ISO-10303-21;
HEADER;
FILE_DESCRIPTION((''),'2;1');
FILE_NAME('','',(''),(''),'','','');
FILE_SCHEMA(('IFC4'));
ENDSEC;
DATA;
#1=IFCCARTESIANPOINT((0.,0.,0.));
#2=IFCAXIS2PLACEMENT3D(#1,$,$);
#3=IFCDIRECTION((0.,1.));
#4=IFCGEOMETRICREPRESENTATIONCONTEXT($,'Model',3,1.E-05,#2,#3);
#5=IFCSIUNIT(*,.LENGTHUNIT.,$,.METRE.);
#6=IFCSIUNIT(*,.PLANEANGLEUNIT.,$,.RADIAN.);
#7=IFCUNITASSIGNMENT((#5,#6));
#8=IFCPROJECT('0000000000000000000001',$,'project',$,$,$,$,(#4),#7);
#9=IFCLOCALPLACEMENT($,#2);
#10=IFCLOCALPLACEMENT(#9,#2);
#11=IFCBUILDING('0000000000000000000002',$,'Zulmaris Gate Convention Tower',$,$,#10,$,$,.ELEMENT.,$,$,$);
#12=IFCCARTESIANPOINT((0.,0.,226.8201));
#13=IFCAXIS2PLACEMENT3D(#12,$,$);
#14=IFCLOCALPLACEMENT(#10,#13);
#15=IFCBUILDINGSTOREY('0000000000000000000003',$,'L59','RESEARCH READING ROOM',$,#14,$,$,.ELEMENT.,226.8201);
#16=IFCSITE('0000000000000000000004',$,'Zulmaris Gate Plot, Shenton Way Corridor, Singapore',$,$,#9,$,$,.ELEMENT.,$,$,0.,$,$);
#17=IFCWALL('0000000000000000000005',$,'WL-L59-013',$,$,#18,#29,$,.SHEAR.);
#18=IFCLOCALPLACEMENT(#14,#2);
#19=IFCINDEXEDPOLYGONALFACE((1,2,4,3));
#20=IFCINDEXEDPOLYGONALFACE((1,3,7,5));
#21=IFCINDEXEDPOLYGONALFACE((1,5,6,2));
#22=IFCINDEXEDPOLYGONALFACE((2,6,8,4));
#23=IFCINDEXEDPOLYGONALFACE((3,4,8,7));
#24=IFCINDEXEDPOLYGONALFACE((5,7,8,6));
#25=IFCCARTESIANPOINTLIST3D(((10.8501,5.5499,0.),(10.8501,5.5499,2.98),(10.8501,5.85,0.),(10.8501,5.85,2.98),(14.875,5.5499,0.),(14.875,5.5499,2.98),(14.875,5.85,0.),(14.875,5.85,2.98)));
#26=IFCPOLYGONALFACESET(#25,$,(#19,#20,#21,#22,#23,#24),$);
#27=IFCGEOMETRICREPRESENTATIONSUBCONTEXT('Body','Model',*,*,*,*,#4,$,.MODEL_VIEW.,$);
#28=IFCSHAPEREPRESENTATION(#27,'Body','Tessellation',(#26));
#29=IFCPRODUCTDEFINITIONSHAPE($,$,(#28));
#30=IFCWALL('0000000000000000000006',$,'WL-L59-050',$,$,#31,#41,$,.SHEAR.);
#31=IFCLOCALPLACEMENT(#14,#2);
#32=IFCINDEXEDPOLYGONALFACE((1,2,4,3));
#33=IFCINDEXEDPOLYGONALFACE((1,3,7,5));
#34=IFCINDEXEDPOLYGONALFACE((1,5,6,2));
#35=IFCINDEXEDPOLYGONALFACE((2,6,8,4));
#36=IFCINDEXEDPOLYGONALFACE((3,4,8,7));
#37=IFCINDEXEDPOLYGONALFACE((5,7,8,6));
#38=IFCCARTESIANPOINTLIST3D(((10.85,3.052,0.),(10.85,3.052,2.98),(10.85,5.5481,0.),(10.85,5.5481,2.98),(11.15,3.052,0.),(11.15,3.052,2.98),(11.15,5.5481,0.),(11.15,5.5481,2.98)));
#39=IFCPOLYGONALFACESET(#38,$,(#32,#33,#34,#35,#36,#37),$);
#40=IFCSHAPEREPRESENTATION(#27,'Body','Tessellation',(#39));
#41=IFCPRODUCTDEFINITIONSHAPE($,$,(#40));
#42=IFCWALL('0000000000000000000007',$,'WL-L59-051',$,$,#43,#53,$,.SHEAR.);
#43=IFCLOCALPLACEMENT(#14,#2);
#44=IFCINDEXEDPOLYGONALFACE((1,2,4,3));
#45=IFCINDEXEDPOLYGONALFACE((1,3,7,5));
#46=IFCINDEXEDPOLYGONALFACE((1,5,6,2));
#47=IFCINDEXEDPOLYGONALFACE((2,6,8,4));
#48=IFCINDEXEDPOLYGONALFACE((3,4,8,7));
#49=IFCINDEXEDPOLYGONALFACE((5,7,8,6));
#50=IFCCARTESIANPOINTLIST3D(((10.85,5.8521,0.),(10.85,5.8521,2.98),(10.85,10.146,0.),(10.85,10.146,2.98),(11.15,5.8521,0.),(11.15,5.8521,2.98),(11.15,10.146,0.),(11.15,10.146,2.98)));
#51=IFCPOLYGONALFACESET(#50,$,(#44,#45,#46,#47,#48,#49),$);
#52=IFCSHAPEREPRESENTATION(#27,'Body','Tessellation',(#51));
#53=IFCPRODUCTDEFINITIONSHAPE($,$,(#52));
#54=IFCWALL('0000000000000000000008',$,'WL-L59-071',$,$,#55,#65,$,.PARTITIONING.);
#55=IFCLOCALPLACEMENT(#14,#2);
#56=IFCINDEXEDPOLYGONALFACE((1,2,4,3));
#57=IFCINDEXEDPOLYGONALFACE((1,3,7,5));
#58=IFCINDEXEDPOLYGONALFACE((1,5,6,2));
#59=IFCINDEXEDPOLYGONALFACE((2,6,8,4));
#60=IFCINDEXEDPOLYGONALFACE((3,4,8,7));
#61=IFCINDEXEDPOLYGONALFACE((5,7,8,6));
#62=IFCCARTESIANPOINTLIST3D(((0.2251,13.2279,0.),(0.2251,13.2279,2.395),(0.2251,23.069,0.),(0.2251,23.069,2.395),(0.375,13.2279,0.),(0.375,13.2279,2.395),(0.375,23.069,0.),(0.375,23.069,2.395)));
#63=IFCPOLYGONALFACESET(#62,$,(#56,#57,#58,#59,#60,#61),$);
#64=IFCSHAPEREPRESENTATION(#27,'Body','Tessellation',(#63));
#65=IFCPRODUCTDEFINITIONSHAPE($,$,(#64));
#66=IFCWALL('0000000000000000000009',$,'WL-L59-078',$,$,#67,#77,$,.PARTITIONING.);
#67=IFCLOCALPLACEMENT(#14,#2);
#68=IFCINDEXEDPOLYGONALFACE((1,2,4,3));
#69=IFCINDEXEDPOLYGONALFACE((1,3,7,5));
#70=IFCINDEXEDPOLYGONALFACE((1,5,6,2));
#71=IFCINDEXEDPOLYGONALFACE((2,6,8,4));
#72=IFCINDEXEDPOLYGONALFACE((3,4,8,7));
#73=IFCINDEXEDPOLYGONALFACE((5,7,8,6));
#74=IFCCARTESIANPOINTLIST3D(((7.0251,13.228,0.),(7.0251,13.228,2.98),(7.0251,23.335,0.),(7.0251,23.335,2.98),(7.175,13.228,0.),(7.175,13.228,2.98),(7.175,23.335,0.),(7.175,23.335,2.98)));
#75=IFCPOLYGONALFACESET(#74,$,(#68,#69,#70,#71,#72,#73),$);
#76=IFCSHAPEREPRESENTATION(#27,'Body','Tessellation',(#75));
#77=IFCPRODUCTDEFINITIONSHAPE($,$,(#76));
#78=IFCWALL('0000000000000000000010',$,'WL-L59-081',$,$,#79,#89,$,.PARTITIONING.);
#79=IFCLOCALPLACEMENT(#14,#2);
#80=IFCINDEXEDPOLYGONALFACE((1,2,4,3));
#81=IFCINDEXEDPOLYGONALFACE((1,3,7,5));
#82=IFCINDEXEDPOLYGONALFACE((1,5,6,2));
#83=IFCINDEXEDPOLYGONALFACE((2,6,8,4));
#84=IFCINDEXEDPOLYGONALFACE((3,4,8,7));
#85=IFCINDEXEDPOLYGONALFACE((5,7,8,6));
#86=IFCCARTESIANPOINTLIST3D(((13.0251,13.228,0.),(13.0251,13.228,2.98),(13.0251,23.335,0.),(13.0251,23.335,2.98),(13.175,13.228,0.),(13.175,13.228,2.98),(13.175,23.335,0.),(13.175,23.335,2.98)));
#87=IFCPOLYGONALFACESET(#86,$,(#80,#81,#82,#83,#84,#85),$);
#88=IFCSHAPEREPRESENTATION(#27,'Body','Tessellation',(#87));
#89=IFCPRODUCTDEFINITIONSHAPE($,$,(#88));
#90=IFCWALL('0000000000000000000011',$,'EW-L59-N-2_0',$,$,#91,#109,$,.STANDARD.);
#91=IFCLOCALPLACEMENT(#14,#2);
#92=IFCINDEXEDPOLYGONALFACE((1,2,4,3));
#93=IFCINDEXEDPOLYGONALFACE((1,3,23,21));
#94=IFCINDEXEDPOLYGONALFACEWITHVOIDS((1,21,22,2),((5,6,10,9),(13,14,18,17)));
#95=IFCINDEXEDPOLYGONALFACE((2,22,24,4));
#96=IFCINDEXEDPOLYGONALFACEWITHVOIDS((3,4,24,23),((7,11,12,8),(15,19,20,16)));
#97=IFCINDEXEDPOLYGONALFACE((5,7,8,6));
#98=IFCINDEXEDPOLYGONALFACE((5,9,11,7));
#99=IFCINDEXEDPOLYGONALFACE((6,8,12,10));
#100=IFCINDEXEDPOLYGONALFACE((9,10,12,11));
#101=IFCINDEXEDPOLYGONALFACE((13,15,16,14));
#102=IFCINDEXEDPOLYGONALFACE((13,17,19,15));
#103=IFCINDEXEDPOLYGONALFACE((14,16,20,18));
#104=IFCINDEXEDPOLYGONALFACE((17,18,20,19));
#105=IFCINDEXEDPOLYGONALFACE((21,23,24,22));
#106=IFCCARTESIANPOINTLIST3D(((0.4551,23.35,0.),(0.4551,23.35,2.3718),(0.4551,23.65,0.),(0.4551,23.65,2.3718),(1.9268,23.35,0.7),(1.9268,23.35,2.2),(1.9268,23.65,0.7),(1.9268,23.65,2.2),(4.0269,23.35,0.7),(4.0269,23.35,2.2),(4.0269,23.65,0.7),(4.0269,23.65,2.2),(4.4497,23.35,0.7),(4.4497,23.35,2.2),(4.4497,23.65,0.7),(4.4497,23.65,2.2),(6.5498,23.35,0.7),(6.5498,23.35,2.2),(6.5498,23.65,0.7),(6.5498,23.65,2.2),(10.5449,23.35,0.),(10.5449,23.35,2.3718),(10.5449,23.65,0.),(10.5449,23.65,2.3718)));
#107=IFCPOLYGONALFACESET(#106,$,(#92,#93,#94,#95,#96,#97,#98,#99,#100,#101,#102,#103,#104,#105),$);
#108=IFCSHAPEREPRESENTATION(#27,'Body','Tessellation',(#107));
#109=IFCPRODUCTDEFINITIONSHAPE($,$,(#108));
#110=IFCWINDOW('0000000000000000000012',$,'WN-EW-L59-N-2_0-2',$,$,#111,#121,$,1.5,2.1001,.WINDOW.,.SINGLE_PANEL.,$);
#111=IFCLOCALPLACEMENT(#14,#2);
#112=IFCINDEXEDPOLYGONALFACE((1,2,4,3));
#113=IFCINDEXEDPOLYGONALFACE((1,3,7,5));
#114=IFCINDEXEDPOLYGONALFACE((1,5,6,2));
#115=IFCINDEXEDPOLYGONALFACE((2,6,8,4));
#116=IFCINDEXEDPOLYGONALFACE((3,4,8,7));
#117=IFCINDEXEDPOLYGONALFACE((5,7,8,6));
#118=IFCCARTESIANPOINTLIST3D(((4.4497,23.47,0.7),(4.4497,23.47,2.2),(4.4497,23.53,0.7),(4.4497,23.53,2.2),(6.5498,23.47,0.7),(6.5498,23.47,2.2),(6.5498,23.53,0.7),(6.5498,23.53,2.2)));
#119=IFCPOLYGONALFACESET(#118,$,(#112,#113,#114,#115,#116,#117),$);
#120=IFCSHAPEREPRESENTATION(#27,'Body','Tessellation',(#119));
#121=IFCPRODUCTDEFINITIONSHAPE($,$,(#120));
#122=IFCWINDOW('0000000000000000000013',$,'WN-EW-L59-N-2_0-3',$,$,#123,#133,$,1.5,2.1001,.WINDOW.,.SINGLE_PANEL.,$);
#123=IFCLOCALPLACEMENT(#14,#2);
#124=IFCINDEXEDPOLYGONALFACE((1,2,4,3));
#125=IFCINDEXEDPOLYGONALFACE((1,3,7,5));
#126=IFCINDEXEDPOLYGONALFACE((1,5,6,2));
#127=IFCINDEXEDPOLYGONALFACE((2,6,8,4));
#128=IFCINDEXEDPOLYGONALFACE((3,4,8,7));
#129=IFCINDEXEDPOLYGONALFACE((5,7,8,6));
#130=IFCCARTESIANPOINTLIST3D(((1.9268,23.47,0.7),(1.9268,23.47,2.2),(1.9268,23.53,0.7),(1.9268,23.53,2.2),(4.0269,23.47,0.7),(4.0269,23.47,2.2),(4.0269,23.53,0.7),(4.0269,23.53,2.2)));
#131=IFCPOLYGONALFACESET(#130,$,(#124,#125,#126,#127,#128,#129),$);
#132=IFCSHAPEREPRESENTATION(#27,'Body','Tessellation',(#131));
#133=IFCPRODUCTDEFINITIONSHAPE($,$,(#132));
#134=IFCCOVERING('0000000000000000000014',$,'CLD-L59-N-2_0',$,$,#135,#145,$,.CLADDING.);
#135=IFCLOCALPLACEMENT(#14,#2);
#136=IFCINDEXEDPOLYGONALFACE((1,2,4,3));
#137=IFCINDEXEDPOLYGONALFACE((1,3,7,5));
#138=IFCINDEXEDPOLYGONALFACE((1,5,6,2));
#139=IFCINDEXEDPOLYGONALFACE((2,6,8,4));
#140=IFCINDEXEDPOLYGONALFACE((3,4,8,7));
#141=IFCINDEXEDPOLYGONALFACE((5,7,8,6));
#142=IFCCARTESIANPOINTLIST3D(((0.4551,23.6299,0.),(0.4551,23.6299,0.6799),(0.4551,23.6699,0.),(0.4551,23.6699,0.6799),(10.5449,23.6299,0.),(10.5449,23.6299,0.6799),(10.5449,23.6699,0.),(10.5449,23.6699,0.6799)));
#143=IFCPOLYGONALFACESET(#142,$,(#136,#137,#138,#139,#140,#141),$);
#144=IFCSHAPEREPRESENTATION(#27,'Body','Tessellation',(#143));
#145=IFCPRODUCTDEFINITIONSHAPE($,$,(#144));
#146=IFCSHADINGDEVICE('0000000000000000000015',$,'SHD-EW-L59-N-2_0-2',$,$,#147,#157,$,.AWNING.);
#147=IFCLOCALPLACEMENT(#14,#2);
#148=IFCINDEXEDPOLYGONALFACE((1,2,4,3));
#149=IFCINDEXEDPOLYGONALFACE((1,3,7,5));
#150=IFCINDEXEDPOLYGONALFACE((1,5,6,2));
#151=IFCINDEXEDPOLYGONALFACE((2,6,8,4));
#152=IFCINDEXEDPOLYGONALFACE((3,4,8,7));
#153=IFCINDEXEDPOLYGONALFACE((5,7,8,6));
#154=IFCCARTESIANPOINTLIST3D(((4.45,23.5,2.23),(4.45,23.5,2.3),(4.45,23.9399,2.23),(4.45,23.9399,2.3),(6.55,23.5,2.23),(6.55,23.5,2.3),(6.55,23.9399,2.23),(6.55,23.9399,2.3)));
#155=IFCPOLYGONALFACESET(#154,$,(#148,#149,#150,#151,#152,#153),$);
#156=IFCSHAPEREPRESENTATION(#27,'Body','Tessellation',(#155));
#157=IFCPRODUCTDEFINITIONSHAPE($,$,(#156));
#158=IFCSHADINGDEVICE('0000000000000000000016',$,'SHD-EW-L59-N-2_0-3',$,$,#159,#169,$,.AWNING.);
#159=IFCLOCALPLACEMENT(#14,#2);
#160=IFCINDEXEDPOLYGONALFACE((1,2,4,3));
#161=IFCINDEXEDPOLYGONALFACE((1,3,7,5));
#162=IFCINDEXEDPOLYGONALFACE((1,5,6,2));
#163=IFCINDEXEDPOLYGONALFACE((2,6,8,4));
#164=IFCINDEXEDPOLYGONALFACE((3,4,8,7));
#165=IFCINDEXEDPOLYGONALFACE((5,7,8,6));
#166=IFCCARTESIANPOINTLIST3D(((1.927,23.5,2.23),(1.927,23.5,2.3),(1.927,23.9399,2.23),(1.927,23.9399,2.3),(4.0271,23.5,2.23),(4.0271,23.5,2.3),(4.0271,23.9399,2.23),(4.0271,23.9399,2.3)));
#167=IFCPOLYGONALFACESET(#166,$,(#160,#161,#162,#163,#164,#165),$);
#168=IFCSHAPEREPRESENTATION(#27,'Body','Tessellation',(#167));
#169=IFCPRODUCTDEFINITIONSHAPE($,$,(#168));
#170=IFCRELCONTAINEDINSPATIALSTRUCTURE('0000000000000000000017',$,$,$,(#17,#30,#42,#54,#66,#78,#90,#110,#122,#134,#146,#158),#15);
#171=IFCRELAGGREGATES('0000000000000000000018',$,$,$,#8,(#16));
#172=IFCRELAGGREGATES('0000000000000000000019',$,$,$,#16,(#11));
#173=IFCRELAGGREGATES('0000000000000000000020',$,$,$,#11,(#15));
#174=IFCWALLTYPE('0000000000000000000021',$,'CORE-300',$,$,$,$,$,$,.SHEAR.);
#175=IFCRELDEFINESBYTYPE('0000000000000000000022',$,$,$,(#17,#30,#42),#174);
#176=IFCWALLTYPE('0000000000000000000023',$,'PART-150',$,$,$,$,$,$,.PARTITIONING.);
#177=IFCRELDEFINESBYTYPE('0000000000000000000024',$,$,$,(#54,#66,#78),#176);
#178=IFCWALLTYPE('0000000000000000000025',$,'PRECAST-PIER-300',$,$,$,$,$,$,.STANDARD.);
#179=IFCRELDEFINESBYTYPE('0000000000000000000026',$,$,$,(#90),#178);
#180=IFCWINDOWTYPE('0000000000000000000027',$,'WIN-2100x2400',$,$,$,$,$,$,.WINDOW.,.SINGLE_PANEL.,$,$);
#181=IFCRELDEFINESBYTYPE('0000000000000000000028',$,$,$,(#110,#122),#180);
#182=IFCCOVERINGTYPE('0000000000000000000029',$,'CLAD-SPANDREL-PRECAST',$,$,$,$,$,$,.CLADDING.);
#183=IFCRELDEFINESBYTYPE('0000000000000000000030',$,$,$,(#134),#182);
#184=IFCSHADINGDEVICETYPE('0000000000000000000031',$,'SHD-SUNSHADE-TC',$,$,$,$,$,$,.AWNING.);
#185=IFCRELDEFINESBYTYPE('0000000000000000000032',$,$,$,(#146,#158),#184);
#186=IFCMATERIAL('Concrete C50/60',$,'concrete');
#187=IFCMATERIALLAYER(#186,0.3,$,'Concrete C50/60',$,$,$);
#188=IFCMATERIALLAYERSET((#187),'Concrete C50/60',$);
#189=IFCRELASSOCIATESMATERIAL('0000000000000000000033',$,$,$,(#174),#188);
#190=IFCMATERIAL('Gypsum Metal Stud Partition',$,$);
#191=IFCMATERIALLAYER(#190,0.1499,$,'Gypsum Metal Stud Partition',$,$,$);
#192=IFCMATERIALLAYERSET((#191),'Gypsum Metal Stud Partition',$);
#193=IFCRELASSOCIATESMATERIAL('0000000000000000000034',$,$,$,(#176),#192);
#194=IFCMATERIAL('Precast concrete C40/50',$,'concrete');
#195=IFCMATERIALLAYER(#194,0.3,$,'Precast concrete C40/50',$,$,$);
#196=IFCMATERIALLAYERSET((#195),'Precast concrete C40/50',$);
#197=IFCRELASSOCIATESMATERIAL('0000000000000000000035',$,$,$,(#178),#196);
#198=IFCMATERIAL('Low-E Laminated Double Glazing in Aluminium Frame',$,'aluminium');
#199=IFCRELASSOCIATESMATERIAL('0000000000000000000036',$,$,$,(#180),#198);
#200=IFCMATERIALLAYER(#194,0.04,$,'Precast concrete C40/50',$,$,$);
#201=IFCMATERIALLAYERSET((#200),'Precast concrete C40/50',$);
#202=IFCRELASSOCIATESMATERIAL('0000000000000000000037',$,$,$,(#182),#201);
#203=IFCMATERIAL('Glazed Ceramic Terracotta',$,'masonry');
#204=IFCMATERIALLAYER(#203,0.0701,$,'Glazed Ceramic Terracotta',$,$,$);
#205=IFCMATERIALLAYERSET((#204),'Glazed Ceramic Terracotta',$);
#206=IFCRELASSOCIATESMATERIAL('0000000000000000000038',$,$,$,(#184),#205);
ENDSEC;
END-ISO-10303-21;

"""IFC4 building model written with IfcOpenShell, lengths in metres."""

from ifc_helpers import new_model, si_unit, direction, frame, frame_2d, origin, place, context, subcontext, project, spatial, rectangle, extrude, material, layer, layer_set, type_object, element, fill, save


model = new_model("IFC4")

# Units and contexts
model_context = context("Model", 3, precision=1e-05, world=origin(), true_north=direction((0.0, 1.0)))
body_context = subcontext(model_context, "Body", "Model", "MODEL_VIEW")
ifc_project = project(units=[si_unit("LENGTHUNIT", "METRE"), si_unit("PLANEANGLEUNIT", "RADIAN")], contexts=[model_context])

# Site, building, storey
site_placement = place(None, origin())
site = spatial("IfcSite", under=ifc_project, at=site_placement, Name="Zulmaris Gate Plot, Shenton Way Corridor, Singapore", CompositionType="ELEMENT", RefElevation=0.0)
building_placement = place(site_placement, origin())
building = spatial("IfcBuilding", under=site, at=building_placement, Name="Zulmaris Gate Convention Tower", CompositionType="ELEMENT")
storey_placement = place(building_placement, frame((0.0, 0.0, 226.8201)))
storey = spatial("IfcBuildingStorey", under=building, at=storey_placement, Name="L59", Description="RESEARCH READING ROOM", CompositionType="ELEMENT", Elevation=226.8201)

# Shared definitions
ifc_material_1 = material(Name="Concrete C50/60", Category="concrete")

# Wall
ifc_layer_1 = layer(ifc_material_1, 0.3, Name="Concrete C50/60")
ifc_layer_set_1 = layer_set([ifc_layer_1], Name="Concrete C50/60")
wall_type_1 = type_object("IfcWallType", Name="CORE-300", PredefinedType="SHEAR", material=ifc_layer_set_1)
wall_1_placement = place(storey_placement, frame((10.8501, 5.7, 0.0), z_axis=(0.0, 0.0, 1.0), x_axis=(1.0, 0.0, 0.0)))
element("IfcWall", 1, at=wall_1_placement, inside=storey, type_object=wall_type_1, Name="WL-L59-013", PredefinedType="SHEAR", context=body_context, shape_type="SweptSolid", body=[
    extrude(rectangle(XDim=4.0249, YDim=0.3, at=frame_2d((2.0125, 0.0))), origin(), (0.0, 0.0, 1.0), 2.98),
])

# Walls
wall_2_placement = place(storey_placement, frame((11.0, 3.052, 0.0), z_axis=(0.0, 0.0, 1.0), x_axis=(0.0, 1.0, 0.0)))
element("IfcWall", 2, at=wall_2_placement, inside=storey, type_object=wall_type_1, Name="WL-L59-050", PredefinedType="SHEAR", context=body_context, shape_type="SweptSolid", body=[
    extrude(rectangle(XDim=2.4961, YDim=0.3, at=frame_2d((1.248, 0.0))), origin(), (0.0, 0.0, 1.0), 2.98),
])
wall_3_placement = place(storey_placement, frame((11.0, 5.8521, 0.0), z_axis=(0.0, 0.0, 1.0), x_axis=(0.0, 1.0, 0.0)))
element("IfcWall", 3, at=wall_3_placement, inside=storey, type_object=wall_type_1, Name="WL-L59-051", PredefinedType="SHEAR", context=body_context, shape_type="SweptSolid", body=[
    extrude(rectangle(XDim=4.2939, YDim=0.3, at=frame_2d((2.147, 0.0))), origin(), (0.0, 0.0, 1.0), 2.98),
])
ifc_material_2 = material(Name="Gypsum Metal Stud Partition")
ifc_layer_2 = layer(ifc_material_2, 0.1499, Name="Gypsum Metal Stud Partition")
ifc_layer_set_2 = layer_set([ifc_layer_2], Name="Gypsum Metal Stud Partition")
wall_type_2 = type_object("IfcWallType", Name="PART-150", PredefinedType="PARTITIONING", material=ifc_layer_set_2)
wall_4_placement = place(storey_placement, frame((0.3, 13.228, 0.0), z_axis=(0.0, 0.0, 1.0), x_axis=(0.0, 1.0, 0.0)))
element("IfcWall", 4, at=wall_4_placement, inside=storey, type_object=wall_type_2, Name="WL-L59-071", PredefinedType="PARTITIONING", context=body_context, shape_type="SweptSolid", body=[
    extrude(rectangle(XDim=9.8411, YDim=0.1499, at=frame_2d((4.9204, 0.0))), origin(), (0.0, 0.0, 1.0), 2.395),
])
for number, where, z_axis, x_axis, name in (
    (5, (7.1001, 13.228, 0.0), (0.0, 0.0, 1.0), (0.0, 1.0, 0.0), "WL-L59-078"),
    (6, (13.1001, 13.228, 0.0), (0.0, 0.0, 1.0), (0.0, 1.0, 0.0), "WL-L59-081"),
):
    element("IfcWall", number, at=place(storey_placement, frame(where, z_axis=z_axis, x_axis=x_axis)), inside=storey, type_object=wall_type_2, Name=name, PredefinedType="PARTITIONING", context=body_context, shape_type="SweptSolid", body=[
        extrude(rectangle(XDim=10.1069, YDim=0.1499, at=frame_2d((5.0535, 0.0))), origin(), (0.0, 0.0, 1.0), 2.98),
    ])

# Wall, openings, windows
ifc_material_3 = material(Name="Precast concrete C40/50", Category="concrete")
ifc_layer_3 = layer(ifc_material_3, 0.3, Name="Precast concrete C40/50")
ifc_layer_set_3 = layer_set([ifc_layer_3], Name="Precast concrete C40/50")
wall_type_3 = type_object("IfcWallType", Name="PRECAST-PIER-300", PredefinedType="STANDARD", material=ifc_layer_set_3)
wall_5_placement = place(storey_placement, frame((10.5449, 23.5, 0.0), z_axis=(0.0, 0.0, 1.0), x_axis=(-1.0, 0.0, 0.0)))
wall_5 = element("IfcWall", 7, at=wall_5_placement, inside=storey, type_object=wall_type_3, Name="EW-L59-N-2_0", PredefinedType="STANDARD", context=body_context, shape_type="SweptSolid", body=[
    extrude(rectangle(XDim=10.0898, YDim=0.3, at=frame_2d((5.0449, 0.0))), origin(), (0.0, 0.0, 1.0), 2.3718),
])
opening_1_placement = place(wall_5_placement, frame((3.9951, 0.0, 0.7)))
opening_1 = element("IfcOpeningElement", 8, at=opening_1_placement, cuts=wall_5, PredefinedType="OPENING", context=body_context, shape_type="SweptSolid", body=[
    extrude(rectangle(XDim=2.1001, YDim=1.5, at=frame_2d((1.05, 0.75))), frame((0.0, 0.1602, 0.0), z_axis=(0.0, -1.0, 0.0), x_axis=(1.0, 0.0, 0.0)), (0.0, 0.0, 1.0), 0.3201),
])
opening_2_placement = place(wall_5_placement, frame((6.5181, 0.0, 0.7)))
opening_2 = element("IfcOpeningElement", 9, at=opening_2_placement, cuts=wall_5, PredefinedType="OPENING", context=body_context, shape_type="SweptSolid", body=[
    extrude(rectangle(XDim=2.1001, YDim=1.5, at=frame_2d((1.05, 0.75))), frame((0.0, 0.1602, 0.0), z_axis=(0.0, -1.0, 0.0), x_axis=(1.0, 0.0, 0.0)), (0.0, 0.0, 1.0), 0.3201),
])
ifc_material_4 = material(Name="Low-E Laminated Double Glazing in Aluminium Frame", Category="aluminium")
window_type = type_object("IfcWindowType", Name="WIN-2100x2400", PartitioningType="SINGLE_PANEL", PredefinedType="WINDOW", material=ifc_material_4)
window_1_placement = place(opening_1_placement, origin())
window_1 = element("IfcWindow", 10, at=window_1_placement, inside=storey, type_object=window_type, Name="WN-EW-L59-N-2_0-2", OverallHeight=1.5, OverallWidth=2.1001, PartitioningType="SINGLE_PANEL", PredefinedType="WINDOW", context=body_context, shape_type="SweptSolid", body=[
    extrude(rectangle(XDim=2.1001, YDim=1.5, at=frame_2d((1.05, 0.75))), frame((0.0, 0.03, 0.0), z_axis=(0.0, -1.0, 0.0), x_axis=(1.0, 0.0, 0.0)), (0.0, 0.0, 1.0), 0.0601),
])
fill(opening_1, window_1)
window_2_placement = place(opening_2_placement, origin())
window_2 = element("IfcWindow", 11, at=window_2_placement, inside=storey, type_object=window_type, Name="WN-EW-L59-N-2_0-3", OverallHeight=1.5, OverallWidth=2.1001, PartitioningType="SINGLE_PANEL", PredefinedType="WINDOW", context=body_context, shape_type="SweptSolid", body=[
    extrude(rectangle(XDim=2.1001, YDim=1.5, at=frame_2d((1.05, 0.75))), frame((0.0, 0.03, 0.0), z_axis=(0.0, -1.0, 0.0), x_axis=(1.0, 0.0, 0.0)), (0.0, 0.0, 1.0), 0.0601),
])
fill(opening_2, window_2)

# Covering
ifc_layer_4 = layer(ifc_material_3, 0.04, Name="Precast concrete C40/50")
ifc_layer_set_4 = layer_set([ifc_layer_4], Name="Precast concrete C40/50")
covering_type = type_object("IfcCoveringType", Name="CLAD-SPANDREL-PRECAST", PredefinedType="CLADDING", material=ifc_layer_set_4)
covering_placement = place(storey_placement, frame((10.5449, 23.6499, 0.0), z_axis=(0.0, 0.0, 1.0), x_axis=(-1.0, 0.0, 0.0)))
element("IfcCovering", 12, at=covering_placement, inside=storey, type_object=covering_type, Name="CLD-L59-N-2_0", PredefinedType="CLADDING", context=body_context, shape_type="SweptSolid", body=[
    extrude(rectangle(XDim=10.0898, YDim=0.04, at=frame_2d((5.0449, 0.0))), origin(), (0.0, 0.0, 1.0), 0.6799),
])

# Shading devices
ifc_material_5 = material(Name="Glazed Ceramic Terracotta", Category="masonry")
ifc_layer_5 = layer(ifc_material_5, 0.0701, Name="Glazed Ceramic Terracotta")
ifc_layer_set_5 = layer_set([ifc_layer_5], Name="Glazed Ceramic Terracotta")
shading_device_type = type_object("IfcShadingDeviceType", Name="SHD-SUNSHADE-TC", PredefinedType="AWNING", material=ifc_layer_set_5)
for number, where, z_axis, x_axis, name in (
    (13, (6.55, 23.72, 2.23), (0.0, 0.0, 1.0), (-1.0, 0.0, 0.0), "SHD-EW-L59-N-2_0-2"),
    (14, (4.0271, 23.72, 2.23), (0.0, 0.0, 1.0), (-1.0, 0.0, 0.0), "SHD-EW-L59-N-2_0-3"),
):
    element("IfcShadingDevice", number, at=place(storey_placement, frame(where, z_axis=z_axis, x_axis=x_axis)), inside=storey, type_object=shading_device_type, Name=name, PredefinedType="AWNING", context=body_context, shape_type="SweptSolid", body=[
        extrude(rectangle(XDim=2.1001, YDim=0.4399, at=frame_2d((1.05, 0.0))), origin(), (0.0, 0.0, 1.0), 0.0701),
    ])

save(model, "model.ifc")
